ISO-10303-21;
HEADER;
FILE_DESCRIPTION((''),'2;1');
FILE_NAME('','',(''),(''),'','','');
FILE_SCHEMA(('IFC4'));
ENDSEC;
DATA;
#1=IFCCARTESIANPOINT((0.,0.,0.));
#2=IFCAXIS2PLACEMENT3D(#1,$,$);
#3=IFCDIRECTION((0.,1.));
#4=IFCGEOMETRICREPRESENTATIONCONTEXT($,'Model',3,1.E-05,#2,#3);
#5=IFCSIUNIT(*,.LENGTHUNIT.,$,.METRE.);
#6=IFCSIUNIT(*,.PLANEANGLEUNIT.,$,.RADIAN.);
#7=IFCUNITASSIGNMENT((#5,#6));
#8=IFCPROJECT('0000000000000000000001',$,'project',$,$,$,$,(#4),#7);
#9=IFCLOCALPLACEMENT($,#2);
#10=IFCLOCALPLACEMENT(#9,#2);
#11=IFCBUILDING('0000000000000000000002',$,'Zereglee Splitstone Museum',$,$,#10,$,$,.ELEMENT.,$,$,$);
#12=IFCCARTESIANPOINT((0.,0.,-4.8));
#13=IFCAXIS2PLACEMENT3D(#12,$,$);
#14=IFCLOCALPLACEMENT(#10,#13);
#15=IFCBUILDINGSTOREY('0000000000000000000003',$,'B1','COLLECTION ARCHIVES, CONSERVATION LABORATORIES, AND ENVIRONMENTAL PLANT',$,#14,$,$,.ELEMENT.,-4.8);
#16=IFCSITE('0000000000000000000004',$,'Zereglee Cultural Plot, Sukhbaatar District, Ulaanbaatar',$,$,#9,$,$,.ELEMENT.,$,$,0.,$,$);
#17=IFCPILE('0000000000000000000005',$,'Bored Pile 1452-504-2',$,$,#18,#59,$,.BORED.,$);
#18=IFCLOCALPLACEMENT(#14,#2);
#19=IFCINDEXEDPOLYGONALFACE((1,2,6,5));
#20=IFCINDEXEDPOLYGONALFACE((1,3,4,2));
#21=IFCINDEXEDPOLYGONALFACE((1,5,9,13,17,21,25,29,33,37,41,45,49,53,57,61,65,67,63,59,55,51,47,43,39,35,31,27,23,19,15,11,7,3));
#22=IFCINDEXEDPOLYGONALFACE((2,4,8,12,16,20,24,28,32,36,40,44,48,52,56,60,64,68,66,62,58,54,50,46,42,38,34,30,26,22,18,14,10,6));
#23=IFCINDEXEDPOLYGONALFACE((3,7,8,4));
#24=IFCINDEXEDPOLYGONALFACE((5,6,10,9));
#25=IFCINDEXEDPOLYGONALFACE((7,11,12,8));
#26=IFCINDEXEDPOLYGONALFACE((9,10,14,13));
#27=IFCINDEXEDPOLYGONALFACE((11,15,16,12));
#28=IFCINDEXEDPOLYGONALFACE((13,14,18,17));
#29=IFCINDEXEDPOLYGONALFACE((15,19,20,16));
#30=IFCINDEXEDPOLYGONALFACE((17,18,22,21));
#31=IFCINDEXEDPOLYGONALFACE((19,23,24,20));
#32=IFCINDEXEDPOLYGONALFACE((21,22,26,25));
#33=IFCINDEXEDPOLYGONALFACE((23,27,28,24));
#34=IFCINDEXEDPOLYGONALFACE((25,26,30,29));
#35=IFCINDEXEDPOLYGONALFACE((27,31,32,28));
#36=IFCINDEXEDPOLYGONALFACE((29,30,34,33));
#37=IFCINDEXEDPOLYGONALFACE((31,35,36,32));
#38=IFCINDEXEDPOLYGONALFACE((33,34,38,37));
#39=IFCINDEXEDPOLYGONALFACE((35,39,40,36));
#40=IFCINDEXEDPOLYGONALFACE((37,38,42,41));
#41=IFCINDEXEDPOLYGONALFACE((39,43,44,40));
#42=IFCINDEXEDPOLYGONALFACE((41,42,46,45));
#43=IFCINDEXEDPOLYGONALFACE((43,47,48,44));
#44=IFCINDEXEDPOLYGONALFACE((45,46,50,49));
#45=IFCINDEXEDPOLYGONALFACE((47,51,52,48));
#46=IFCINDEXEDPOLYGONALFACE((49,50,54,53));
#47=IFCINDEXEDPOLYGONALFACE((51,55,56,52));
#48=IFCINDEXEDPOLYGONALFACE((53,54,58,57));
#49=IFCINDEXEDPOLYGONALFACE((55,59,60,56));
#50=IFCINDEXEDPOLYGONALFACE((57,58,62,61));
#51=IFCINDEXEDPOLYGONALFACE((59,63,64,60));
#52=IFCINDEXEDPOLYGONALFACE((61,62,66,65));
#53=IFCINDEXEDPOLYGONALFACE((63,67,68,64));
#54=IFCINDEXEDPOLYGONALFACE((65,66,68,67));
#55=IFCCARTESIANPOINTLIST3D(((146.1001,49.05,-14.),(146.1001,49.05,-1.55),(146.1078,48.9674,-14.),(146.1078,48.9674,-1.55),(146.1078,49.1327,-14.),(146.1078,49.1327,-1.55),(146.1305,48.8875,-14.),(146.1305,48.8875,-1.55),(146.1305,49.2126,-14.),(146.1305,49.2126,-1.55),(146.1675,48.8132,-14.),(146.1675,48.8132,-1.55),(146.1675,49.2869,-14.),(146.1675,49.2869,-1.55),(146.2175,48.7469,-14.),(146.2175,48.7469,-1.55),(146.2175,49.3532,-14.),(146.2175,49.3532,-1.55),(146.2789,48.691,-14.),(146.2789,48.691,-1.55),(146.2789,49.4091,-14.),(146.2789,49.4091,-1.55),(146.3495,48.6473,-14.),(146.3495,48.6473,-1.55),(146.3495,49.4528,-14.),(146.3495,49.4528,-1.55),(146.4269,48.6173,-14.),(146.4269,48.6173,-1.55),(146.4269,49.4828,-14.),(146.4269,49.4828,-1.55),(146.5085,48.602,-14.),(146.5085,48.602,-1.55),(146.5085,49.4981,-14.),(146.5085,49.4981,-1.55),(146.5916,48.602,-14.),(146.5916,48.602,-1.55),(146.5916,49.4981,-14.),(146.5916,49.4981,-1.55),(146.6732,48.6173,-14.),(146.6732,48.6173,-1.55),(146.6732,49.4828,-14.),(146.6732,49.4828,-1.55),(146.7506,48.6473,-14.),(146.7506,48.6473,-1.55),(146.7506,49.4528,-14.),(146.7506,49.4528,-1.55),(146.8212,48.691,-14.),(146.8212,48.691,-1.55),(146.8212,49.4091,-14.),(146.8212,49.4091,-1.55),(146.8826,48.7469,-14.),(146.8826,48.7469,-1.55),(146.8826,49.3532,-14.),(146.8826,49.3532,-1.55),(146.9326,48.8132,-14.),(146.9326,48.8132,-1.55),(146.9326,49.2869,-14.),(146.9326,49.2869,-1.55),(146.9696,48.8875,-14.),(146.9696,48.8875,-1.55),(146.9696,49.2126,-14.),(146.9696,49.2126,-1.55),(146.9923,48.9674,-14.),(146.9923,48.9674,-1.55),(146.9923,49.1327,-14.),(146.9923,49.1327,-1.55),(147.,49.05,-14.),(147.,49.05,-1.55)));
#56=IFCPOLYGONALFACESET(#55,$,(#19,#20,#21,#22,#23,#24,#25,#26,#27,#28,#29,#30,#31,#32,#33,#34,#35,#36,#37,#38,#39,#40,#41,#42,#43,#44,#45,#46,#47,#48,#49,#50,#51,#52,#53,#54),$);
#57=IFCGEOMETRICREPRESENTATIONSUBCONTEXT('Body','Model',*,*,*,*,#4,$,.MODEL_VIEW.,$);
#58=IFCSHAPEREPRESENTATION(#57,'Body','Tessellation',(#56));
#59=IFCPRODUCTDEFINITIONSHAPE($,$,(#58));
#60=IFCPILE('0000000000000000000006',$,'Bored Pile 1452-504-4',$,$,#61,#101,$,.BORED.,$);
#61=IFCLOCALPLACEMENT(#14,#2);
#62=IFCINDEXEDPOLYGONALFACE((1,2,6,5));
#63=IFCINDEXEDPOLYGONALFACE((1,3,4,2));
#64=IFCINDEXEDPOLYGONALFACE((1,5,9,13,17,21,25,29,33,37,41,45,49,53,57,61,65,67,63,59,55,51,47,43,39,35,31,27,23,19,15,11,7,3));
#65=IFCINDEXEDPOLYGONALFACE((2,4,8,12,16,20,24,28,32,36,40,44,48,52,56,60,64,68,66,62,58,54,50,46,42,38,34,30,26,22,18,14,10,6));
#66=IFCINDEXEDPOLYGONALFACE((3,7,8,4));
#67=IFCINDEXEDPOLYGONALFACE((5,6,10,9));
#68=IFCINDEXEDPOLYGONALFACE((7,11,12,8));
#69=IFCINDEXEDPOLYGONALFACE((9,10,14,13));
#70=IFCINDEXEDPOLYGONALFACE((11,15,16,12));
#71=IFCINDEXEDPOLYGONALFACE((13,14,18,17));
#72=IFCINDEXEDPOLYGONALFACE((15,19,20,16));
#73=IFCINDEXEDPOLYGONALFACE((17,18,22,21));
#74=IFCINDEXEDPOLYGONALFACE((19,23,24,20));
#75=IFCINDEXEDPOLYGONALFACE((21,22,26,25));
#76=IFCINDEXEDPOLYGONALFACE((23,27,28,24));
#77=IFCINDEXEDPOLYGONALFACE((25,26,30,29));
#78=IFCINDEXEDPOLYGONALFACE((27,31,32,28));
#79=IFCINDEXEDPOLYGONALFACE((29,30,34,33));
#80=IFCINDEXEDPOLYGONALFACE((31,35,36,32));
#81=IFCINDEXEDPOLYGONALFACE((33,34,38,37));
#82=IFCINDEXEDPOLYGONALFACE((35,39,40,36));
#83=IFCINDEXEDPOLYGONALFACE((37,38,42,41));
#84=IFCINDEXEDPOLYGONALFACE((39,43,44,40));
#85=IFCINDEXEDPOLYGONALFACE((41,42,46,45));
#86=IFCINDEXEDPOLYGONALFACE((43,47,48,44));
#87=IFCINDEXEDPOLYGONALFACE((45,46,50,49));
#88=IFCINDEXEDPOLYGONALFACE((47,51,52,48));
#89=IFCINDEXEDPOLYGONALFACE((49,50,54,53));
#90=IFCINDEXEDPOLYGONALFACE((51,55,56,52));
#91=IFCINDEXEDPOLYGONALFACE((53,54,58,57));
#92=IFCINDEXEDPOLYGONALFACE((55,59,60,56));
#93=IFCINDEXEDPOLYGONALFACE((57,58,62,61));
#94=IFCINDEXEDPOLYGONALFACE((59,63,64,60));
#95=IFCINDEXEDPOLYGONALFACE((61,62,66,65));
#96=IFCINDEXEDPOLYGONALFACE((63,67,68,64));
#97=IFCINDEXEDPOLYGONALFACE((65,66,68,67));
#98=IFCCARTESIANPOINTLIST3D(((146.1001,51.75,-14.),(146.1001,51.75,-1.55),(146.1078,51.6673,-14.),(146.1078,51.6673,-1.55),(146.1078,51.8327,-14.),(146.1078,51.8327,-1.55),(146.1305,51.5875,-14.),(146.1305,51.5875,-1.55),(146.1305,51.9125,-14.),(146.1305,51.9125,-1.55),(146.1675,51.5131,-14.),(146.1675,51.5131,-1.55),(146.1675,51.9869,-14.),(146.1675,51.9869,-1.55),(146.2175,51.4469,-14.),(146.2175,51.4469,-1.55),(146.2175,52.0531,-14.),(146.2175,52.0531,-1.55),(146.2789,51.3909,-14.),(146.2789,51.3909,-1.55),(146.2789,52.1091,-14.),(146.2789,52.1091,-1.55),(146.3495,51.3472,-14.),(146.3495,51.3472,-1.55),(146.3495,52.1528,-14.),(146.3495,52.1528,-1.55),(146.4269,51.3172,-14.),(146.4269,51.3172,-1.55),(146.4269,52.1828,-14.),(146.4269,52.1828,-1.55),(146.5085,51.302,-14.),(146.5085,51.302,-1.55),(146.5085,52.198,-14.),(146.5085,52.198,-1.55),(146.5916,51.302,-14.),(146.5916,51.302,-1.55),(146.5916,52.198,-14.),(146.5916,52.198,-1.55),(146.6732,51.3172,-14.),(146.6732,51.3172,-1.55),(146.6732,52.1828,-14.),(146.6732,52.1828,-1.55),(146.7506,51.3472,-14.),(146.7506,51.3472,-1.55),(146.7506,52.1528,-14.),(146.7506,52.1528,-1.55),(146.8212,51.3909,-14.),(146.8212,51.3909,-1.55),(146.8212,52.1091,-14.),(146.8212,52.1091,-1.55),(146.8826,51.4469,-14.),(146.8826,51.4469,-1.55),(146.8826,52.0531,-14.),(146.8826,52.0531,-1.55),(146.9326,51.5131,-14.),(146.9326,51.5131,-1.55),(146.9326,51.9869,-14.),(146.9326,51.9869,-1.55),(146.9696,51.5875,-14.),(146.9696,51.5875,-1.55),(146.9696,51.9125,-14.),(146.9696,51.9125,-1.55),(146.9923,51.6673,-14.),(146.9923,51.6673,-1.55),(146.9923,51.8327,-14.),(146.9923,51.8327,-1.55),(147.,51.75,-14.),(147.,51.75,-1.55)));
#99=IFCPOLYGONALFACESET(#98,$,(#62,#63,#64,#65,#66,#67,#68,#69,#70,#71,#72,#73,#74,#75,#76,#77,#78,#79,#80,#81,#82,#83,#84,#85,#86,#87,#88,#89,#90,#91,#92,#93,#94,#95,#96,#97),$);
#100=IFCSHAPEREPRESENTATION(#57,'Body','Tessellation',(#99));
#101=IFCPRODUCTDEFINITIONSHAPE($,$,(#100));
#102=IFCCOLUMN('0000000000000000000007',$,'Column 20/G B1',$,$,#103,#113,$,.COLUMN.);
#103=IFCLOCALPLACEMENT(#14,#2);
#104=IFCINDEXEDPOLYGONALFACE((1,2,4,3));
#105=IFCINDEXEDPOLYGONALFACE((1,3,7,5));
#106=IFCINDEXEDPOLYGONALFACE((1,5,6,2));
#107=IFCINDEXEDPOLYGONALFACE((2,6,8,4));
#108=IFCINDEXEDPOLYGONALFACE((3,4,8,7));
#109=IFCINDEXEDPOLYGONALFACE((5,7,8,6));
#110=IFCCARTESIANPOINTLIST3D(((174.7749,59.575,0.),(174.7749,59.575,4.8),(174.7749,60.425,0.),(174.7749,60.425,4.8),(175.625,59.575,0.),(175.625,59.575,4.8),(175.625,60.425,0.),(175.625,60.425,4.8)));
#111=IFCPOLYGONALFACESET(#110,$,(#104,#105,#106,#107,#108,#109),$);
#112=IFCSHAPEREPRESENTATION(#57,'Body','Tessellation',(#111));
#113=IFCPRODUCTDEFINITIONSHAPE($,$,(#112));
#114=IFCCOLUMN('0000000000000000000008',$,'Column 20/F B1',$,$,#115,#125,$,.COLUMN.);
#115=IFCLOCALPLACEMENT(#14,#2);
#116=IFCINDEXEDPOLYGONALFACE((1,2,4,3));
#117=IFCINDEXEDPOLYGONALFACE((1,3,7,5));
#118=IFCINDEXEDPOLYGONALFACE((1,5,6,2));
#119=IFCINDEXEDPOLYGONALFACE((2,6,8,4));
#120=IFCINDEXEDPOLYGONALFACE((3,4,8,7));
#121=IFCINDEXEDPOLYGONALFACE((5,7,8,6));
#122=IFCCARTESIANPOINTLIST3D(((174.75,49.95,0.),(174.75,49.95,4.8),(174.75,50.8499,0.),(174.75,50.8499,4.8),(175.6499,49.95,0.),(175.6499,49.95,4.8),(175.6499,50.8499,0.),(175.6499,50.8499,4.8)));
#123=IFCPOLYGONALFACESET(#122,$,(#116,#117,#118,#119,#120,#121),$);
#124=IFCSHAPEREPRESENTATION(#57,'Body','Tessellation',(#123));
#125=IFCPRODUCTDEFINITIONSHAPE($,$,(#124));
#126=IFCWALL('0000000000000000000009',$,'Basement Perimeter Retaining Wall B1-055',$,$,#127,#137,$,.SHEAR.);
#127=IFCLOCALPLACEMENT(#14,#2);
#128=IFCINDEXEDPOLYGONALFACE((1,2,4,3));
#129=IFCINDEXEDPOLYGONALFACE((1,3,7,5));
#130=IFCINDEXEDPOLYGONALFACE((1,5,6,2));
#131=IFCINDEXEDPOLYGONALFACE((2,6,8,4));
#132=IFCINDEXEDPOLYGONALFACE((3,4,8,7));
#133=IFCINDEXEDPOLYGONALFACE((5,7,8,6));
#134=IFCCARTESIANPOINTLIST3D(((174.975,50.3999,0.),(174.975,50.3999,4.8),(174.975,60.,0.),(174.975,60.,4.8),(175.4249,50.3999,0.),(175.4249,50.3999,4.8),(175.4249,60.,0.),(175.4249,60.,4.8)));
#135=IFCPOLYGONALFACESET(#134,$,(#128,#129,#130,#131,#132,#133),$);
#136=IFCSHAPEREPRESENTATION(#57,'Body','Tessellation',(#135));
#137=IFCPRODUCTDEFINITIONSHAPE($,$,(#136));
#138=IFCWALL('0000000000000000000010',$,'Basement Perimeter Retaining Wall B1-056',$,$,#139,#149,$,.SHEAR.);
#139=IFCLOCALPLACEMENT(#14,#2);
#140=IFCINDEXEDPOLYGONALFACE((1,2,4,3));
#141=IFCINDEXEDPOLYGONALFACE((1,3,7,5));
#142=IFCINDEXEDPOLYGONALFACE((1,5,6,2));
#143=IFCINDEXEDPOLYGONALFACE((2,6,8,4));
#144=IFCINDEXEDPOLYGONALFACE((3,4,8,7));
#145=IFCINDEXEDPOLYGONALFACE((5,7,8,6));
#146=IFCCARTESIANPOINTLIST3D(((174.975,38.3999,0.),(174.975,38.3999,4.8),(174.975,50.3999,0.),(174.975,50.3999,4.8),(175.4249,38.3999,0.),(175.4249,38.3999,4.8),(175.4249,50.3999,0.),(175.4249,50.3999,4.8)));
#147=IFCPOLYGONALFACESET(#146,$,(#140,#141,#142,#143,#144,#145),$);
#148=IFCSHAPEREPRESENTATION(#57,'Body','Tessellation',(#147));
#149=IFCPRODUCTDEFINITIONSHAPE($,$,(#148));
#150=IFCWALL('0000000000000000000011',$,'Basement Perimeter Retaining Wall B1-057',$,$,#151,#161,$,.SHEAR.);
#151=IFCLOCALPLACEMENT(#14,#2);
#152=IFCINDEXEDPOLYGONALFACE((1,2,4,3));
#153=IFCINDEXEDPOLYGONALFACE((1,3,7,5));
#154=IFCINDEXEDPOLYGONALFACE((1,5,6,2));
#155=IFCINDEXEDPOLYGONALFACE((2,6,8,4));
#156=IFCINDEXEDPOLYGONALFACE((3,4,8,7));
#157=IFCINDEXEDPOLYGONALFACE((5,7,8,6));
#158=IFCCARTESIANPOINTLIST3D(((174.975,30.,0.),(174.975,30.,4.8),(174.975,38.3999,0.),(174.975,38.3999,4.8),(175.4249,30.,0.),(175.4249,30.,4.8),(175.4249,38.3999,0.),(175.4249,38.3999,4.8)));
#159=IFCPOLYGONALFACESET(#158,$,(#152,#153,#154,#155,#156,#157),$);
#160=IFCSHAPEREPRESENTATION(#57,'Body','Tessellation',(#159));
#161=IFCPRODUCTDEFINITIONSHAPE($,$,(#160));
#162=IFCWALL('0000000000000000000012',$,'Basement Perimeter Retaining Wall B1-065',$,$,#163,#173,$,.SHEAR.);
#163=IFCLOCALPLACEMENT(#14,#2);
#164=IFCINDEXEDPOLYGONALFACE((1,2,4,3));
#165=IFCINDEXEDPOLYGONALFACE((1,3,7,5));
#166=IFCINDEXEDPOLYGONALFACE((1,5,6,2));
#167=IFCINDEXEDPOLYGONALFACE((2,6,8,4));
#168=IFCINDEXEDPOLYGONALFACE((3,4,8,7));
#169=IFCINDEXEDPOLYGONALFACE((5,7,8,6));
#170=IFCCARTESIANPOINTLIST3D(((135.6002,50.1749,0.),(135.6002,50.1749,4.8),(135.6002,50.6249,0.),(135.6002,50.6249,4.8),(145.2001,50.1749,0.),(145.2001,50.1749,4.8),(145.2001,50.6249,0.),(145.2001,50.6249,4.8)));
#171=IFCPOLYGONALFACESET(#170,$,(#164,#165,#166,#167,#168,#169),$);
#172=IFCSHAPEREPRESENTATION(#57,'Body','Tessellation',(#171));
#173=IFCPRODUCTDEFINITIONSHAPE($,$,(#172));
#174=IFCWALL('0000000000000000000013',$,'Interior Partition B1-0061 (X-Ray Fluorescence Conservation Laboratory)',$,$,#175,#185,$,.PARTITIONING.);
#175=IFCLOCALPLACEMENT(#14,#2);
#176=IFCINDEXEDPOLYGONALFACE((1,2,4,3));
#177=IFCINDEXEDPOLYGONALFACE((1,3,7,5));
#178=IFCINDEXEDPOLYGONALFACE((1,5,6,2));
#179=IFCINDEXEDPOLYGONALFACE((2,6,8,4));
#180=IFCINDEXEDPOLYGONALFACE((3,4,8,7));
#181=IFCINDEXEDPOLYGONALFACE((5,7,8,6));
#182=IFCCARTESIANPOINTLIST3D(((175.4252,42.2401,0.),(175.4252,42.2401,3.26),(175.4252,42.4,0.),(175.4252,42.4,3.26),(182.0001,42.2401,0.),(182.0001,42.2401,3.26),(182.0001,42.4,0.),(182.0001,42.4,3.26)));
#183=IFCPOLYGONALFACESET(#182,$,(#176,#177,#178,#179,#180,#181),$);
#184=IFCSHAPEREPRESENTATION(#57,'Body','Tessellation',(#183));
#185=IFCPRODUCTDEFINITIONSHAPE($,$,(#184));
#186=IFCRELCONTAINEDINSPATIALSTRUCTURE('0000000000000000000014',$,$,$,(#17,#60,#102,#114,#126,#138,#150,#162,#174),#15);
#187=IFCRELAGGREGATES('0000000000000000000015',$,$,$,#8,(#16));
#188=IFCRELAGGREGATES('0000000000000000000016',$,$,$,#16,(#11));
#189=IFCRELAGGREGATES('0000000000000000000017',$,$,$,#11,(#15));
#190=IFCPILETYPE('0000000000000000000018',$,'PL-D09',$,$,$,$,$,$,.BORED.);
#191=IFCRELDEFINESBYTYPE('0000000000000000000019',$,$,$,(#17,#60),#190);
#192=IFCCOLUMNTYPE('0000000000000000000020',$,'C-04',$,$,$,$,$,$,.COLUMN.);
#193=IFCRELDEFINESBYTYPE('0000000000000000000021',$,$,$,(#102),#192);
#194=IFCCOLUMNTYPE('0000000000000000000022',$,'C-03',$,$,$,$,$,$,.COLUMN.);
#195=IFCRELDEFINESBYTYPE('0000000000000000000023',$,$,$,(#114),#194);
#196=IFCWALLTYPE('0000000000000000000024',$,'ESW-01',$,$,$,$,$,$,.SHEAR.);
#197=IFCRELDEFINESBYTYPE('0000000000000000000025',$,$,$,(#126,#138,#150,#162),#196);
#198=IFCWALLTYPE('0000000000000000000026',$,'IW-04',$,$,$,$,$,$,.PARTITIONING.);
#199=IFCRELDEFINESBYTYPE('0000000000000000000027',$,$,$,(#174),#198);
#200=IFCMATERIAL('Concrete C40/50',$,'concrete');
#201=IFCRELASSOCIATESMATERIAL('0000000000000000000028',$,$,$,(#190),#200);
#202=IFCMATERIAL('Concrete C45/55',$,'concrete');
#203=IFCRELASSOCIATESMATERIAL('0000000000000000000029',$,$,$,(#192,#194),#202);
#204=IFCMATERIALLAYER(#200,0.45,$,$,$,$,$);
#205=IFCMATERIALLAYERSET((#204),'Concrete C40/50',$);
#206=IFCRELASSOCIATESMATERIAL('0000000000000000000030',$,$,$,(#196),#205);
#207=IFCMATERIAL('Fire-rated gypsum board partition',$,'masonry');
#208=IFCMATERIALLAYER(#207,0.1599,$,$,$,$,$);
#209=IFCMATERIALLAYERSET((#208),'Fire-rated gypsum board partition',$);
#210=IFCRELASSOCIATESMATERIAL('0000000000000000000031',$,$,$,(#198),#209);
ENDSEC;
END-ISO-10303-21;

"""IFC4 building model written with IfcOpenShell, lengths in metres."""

from ifc_helpers import new_model, si_unit, direction, frame, frame_2d, origin, origin_2d, place, context, subcontext, project, spatial, rectangle, circle, extrude, material, layer, layer_set, material_profile, profile_set, type_object, element, save


model = new_model("IFC4")

# Units and contexts
model_context = context("Model", 3, precision=1e-05, world=origin(), true_north=direction((0.0, 1.0)))
body_context = subcontext(model_context, "Body", "Model", "MODEL_VIEW")
ifc_project = project(units=[si_unit("LENGTHUNIT", "METRE"), si_unit("PLANEANGLEUNIT", "RADIAN")], contexts=[model_context])

# Site, building, storey
site_placement = place(None, origin())
site = spatial("IfcSite", under=ifc_project, at=site_placement, Name="Zereglee Cultural Plot, Sukhbaatar District, Ulaanbaatar", CompositionType="ELEMENT", RefElevation=0.0)
building_placement = place(site_placement, origin())
building = spatial("IfcBuilding", under=site, at=building_placement, Name="Zereglee Splitstone Museum", CompositionType="ELEMENT")
storey_placement = place(building_placement, frame((0.0, 0.0, -4.8)))
storey = spatial("IfcBuildingStorey", under=building, at=storey_placement, Name="B1", Description="COLLECTION ARCHIVES, CONSERVATION LABORATORIES, AND ENVIRONMENTAL PLANT", CompositionType="ELEMENT", Elevation=-4.8)

# Shared definitions
ifc_material_1 = material(Name="Concrete C40/50", Category="concrete")

# Piles
ifc_material_profile_1 = material_profile(ifc_material_1, circle(Radius=0.45, at=origin_2d()), Name="PILE D900")
ifc_profile_set_1 = profile_set([ifc_material_profile_1], Name="Concrete C40/50")
pile_type_1 = type_object("IfcPileType", Name="PL-D09", PredefinedType="BORED", material=ifc_profile_set_1)
for number, where, z_axis, x_axis, name in (
    (1, (146.55, 49.05, -1.55), (0.0, 0.0, -1.0), (1.0, 0.0, 0.0), "Bored Pile 1452-504-2"),
    (2, (146.55, 51.75, -1.55), (0.0, 0.0, -1.0), (1.0, 0.0, 0.0), "Bored Pile 1452-504-4"),
):
    element("IfcPile", number, at=place(storey_placement, frame(where, z_axis=z_axis, x_axis=x_axis)), inside=storey, type_object=pile_type_1, Name=name, PredefinedType="BORED", context=body_context, shape_type="SweptSolid", body=[
        extrude(circle(Radius=0.45, at=origin_2d()), origin(), (0.0, 0.0, 1.0), 12.45),
    ])

# Columns
ifc_material_2 = material(Name="Concrete C45/55", Category="concrete")
ifc_material_profile_2 = material_profile(ifc_material_2, rectangle(XDim=0.8501, YDim=0.8501, at=origin_2d()), Name="RC 850x850")
ifc_profile_set_2 = profile_set([ifc_material_profile_2], Name="Concrete C45/55")
column_type_1 = type_object("IfcColumnType", Name="C-04", PredefinedType="COLUMN", material=ifc_profile_set_2)
column_1_placement = place(storey_placement, frame((175.2, 60.0, 0.0), z_axis=(0.0, 0.0, 1.0), x_axis=(1.0, 0.0, 0.0)))
element("IfcColumn", 3, at=column_1_placement, inside=storey, type_object=column_type_1, Name="Column 20/G B1", PredefinedType="COLUMN", context=body_context, shape_type="SweptSolid", body=[
    extrude(rectangle(XDim=0.8501, YDim=0.8501, at=origin_2d()), origin(), (0.0, 0.0, 1.0), 4.8),
])
ifc_material_profile_3 = material_profile(ifc_material_2, rectangle(XDim=0.8999, YDim=0.8999, at=origin_2d()), Name="RC 900x900")
ifc_profile_set_3 = profile_set([ifc_material_profile_3], Name="Concrete C45/55")
column_type_2 = type_object("IfcColumnType", Name="C-03", PredefinedType="COLUMN", material=ifc_profile_set_3)
column_2_placement = place(storey_placement, frame((175.2, 50.3999, 0.0), z_axis=(0.0, 0.0, 1.0), x_axis=(1.0, 0.0, 0.0)))
element("IfcColumn", 4, at=column_2_placement, inside=storey, type_object=column_type_2, Name="Column 20/F B1", PredefinedType="COLUMN", context=body_context, shape_type="SweptSolid", body=[
    extrude(rectangle(XDim=0.8999, YDim=0.8999, at=origin_2d()), origin(), (0.0, 0.0, 1.0), 4.8),
])

# Walls
ifc_layer_1 = layer(ifc_material_1, 0.45)
ifc_layer_set_1 = layer_set([ifc_layer_1], Name="Concrete C40/50")
wall_type_1 = type_object("IfcWallType", Name="ESW-01", PredefinedType="SHEAR", material=ifc_layer_set_1)
wall_1_placement = place(storey_placement, frame((175.2, 60.0, 0.0), z_axis=(0.0, 0.0, 1.0), x_axis=(0.0, -1.0, 0.0)))
element("IfcWall", 5, at=wall_1_placement, inside=storey, type_object=wall_type_1, Name="Basement Perimeter Retaining Wall B1-055", PredefinedType="SHEAR", context=body_context, shape_type="SweptSolid", body=[
    extrude(rectangle(XDim=9.6001, YDim=0.45, at=frame_2d((4.8, 0.0))), origin(), (0.0, 0.0, 1.0), 4.8),
])
wall_2_placement = place(storey_placement, frame((175.2, 50.3999, 0.0), z_axis=(0.0, 0.0, 1.0), x_axis=(0.0, -1.0, 0.0)))
element("IfcWall", 6, at=wall_2_placement, inside=storey, type_object=wall_type_1, Name="Basement Perimeter Retaining Wall B1-056", PredefinedType="SHEAR", context=body_context, shape_type="SweptSolid", body=[
    extrude(rectangle(XDim=12.0, YDim=0.45, at=frame_2d((6.0, 0.0))), origin(), (0.0, 0.0, 1.0), 4.8),
])
wall_3_placement = place(storey_placement, frame((175.2, 38.3999, 0.0), z_axis=(0.0, 0.0, 1.0), x_axis=(0.0, -1.0, 0.0)))
element("IfcWall", 7, at=wall_3_placement, inside=storey, type_object=wall_type_1, Name="Basement Perimeter Retaining Wall B1-057", PredefinedType="SHEAR", context=body_context, shape_type="SweptSolid", body=[
    extrude(rectangle(XDim=8.3999, YDim=0.45, at=frame_2d((4.2, 0.0))), origin(), (0.0, 0.0, 1.0), 4.8),
])
wall_4_placement = place(storey_placement, frame((145.2, 50.3999, 0.0), z_axis=(0.0, 0.0, 1.0), x_axis=(-1.0, 0.0, 0.0)))
element("IfcWall", 8, at=wall_4_placement, inside=storey, type_object=wall_type_1, Name="Basement Perimeter Retaining Wall B1-065", PredefinedType="SHEAR", context=body_context, shape_type="SweptSolid", body=[
    extrude(rectangle(XDim=9.5999, YDim=0.45, at=frame_2d((4.7998, 0.0))), origin(), (0.0, 0.0, 1.0), 4.8),
])
ifc_material_3 = material(Name="Fire-rated gypsum board partition", Category="masonry")
ifc_layer_2 = layer(ifc_material_3, 0.1599)
ifc_layer_set_2 = layer_set([ifc_layer_2], Name="Fire-rated gypsum board partition")
wall_type_2 = type_object("IfcWallType", Name="IW-04", PredefinedType="PARTITIONING", material=ifc_layer_set_2)
wall_5_placement = place(storey_placement, frame((175.425, 42.3201, 0.0), z_axis=(0.0, 0.0, 1.0), x_axis=(1.0, 0.0, 0.0)))
element("IfcWall", 9, at=wall_5_placement, inside=storey, type_object=wall_type_2, Name="Interior Partition B1-0061 (X-Ray Fluorescence Conservation Laboratory)", PredefinedType="PARTITIONING", context=body_context, shape_type="SweptSolid", body=[
    extrude(rectangle(XDim=6.575, YDim=0.1599, at=frame_2d((3.2876, 0.0))), origin(), (0.0, 0.0, 1.0), 3.26),
])

save(model, "model.ifc")
